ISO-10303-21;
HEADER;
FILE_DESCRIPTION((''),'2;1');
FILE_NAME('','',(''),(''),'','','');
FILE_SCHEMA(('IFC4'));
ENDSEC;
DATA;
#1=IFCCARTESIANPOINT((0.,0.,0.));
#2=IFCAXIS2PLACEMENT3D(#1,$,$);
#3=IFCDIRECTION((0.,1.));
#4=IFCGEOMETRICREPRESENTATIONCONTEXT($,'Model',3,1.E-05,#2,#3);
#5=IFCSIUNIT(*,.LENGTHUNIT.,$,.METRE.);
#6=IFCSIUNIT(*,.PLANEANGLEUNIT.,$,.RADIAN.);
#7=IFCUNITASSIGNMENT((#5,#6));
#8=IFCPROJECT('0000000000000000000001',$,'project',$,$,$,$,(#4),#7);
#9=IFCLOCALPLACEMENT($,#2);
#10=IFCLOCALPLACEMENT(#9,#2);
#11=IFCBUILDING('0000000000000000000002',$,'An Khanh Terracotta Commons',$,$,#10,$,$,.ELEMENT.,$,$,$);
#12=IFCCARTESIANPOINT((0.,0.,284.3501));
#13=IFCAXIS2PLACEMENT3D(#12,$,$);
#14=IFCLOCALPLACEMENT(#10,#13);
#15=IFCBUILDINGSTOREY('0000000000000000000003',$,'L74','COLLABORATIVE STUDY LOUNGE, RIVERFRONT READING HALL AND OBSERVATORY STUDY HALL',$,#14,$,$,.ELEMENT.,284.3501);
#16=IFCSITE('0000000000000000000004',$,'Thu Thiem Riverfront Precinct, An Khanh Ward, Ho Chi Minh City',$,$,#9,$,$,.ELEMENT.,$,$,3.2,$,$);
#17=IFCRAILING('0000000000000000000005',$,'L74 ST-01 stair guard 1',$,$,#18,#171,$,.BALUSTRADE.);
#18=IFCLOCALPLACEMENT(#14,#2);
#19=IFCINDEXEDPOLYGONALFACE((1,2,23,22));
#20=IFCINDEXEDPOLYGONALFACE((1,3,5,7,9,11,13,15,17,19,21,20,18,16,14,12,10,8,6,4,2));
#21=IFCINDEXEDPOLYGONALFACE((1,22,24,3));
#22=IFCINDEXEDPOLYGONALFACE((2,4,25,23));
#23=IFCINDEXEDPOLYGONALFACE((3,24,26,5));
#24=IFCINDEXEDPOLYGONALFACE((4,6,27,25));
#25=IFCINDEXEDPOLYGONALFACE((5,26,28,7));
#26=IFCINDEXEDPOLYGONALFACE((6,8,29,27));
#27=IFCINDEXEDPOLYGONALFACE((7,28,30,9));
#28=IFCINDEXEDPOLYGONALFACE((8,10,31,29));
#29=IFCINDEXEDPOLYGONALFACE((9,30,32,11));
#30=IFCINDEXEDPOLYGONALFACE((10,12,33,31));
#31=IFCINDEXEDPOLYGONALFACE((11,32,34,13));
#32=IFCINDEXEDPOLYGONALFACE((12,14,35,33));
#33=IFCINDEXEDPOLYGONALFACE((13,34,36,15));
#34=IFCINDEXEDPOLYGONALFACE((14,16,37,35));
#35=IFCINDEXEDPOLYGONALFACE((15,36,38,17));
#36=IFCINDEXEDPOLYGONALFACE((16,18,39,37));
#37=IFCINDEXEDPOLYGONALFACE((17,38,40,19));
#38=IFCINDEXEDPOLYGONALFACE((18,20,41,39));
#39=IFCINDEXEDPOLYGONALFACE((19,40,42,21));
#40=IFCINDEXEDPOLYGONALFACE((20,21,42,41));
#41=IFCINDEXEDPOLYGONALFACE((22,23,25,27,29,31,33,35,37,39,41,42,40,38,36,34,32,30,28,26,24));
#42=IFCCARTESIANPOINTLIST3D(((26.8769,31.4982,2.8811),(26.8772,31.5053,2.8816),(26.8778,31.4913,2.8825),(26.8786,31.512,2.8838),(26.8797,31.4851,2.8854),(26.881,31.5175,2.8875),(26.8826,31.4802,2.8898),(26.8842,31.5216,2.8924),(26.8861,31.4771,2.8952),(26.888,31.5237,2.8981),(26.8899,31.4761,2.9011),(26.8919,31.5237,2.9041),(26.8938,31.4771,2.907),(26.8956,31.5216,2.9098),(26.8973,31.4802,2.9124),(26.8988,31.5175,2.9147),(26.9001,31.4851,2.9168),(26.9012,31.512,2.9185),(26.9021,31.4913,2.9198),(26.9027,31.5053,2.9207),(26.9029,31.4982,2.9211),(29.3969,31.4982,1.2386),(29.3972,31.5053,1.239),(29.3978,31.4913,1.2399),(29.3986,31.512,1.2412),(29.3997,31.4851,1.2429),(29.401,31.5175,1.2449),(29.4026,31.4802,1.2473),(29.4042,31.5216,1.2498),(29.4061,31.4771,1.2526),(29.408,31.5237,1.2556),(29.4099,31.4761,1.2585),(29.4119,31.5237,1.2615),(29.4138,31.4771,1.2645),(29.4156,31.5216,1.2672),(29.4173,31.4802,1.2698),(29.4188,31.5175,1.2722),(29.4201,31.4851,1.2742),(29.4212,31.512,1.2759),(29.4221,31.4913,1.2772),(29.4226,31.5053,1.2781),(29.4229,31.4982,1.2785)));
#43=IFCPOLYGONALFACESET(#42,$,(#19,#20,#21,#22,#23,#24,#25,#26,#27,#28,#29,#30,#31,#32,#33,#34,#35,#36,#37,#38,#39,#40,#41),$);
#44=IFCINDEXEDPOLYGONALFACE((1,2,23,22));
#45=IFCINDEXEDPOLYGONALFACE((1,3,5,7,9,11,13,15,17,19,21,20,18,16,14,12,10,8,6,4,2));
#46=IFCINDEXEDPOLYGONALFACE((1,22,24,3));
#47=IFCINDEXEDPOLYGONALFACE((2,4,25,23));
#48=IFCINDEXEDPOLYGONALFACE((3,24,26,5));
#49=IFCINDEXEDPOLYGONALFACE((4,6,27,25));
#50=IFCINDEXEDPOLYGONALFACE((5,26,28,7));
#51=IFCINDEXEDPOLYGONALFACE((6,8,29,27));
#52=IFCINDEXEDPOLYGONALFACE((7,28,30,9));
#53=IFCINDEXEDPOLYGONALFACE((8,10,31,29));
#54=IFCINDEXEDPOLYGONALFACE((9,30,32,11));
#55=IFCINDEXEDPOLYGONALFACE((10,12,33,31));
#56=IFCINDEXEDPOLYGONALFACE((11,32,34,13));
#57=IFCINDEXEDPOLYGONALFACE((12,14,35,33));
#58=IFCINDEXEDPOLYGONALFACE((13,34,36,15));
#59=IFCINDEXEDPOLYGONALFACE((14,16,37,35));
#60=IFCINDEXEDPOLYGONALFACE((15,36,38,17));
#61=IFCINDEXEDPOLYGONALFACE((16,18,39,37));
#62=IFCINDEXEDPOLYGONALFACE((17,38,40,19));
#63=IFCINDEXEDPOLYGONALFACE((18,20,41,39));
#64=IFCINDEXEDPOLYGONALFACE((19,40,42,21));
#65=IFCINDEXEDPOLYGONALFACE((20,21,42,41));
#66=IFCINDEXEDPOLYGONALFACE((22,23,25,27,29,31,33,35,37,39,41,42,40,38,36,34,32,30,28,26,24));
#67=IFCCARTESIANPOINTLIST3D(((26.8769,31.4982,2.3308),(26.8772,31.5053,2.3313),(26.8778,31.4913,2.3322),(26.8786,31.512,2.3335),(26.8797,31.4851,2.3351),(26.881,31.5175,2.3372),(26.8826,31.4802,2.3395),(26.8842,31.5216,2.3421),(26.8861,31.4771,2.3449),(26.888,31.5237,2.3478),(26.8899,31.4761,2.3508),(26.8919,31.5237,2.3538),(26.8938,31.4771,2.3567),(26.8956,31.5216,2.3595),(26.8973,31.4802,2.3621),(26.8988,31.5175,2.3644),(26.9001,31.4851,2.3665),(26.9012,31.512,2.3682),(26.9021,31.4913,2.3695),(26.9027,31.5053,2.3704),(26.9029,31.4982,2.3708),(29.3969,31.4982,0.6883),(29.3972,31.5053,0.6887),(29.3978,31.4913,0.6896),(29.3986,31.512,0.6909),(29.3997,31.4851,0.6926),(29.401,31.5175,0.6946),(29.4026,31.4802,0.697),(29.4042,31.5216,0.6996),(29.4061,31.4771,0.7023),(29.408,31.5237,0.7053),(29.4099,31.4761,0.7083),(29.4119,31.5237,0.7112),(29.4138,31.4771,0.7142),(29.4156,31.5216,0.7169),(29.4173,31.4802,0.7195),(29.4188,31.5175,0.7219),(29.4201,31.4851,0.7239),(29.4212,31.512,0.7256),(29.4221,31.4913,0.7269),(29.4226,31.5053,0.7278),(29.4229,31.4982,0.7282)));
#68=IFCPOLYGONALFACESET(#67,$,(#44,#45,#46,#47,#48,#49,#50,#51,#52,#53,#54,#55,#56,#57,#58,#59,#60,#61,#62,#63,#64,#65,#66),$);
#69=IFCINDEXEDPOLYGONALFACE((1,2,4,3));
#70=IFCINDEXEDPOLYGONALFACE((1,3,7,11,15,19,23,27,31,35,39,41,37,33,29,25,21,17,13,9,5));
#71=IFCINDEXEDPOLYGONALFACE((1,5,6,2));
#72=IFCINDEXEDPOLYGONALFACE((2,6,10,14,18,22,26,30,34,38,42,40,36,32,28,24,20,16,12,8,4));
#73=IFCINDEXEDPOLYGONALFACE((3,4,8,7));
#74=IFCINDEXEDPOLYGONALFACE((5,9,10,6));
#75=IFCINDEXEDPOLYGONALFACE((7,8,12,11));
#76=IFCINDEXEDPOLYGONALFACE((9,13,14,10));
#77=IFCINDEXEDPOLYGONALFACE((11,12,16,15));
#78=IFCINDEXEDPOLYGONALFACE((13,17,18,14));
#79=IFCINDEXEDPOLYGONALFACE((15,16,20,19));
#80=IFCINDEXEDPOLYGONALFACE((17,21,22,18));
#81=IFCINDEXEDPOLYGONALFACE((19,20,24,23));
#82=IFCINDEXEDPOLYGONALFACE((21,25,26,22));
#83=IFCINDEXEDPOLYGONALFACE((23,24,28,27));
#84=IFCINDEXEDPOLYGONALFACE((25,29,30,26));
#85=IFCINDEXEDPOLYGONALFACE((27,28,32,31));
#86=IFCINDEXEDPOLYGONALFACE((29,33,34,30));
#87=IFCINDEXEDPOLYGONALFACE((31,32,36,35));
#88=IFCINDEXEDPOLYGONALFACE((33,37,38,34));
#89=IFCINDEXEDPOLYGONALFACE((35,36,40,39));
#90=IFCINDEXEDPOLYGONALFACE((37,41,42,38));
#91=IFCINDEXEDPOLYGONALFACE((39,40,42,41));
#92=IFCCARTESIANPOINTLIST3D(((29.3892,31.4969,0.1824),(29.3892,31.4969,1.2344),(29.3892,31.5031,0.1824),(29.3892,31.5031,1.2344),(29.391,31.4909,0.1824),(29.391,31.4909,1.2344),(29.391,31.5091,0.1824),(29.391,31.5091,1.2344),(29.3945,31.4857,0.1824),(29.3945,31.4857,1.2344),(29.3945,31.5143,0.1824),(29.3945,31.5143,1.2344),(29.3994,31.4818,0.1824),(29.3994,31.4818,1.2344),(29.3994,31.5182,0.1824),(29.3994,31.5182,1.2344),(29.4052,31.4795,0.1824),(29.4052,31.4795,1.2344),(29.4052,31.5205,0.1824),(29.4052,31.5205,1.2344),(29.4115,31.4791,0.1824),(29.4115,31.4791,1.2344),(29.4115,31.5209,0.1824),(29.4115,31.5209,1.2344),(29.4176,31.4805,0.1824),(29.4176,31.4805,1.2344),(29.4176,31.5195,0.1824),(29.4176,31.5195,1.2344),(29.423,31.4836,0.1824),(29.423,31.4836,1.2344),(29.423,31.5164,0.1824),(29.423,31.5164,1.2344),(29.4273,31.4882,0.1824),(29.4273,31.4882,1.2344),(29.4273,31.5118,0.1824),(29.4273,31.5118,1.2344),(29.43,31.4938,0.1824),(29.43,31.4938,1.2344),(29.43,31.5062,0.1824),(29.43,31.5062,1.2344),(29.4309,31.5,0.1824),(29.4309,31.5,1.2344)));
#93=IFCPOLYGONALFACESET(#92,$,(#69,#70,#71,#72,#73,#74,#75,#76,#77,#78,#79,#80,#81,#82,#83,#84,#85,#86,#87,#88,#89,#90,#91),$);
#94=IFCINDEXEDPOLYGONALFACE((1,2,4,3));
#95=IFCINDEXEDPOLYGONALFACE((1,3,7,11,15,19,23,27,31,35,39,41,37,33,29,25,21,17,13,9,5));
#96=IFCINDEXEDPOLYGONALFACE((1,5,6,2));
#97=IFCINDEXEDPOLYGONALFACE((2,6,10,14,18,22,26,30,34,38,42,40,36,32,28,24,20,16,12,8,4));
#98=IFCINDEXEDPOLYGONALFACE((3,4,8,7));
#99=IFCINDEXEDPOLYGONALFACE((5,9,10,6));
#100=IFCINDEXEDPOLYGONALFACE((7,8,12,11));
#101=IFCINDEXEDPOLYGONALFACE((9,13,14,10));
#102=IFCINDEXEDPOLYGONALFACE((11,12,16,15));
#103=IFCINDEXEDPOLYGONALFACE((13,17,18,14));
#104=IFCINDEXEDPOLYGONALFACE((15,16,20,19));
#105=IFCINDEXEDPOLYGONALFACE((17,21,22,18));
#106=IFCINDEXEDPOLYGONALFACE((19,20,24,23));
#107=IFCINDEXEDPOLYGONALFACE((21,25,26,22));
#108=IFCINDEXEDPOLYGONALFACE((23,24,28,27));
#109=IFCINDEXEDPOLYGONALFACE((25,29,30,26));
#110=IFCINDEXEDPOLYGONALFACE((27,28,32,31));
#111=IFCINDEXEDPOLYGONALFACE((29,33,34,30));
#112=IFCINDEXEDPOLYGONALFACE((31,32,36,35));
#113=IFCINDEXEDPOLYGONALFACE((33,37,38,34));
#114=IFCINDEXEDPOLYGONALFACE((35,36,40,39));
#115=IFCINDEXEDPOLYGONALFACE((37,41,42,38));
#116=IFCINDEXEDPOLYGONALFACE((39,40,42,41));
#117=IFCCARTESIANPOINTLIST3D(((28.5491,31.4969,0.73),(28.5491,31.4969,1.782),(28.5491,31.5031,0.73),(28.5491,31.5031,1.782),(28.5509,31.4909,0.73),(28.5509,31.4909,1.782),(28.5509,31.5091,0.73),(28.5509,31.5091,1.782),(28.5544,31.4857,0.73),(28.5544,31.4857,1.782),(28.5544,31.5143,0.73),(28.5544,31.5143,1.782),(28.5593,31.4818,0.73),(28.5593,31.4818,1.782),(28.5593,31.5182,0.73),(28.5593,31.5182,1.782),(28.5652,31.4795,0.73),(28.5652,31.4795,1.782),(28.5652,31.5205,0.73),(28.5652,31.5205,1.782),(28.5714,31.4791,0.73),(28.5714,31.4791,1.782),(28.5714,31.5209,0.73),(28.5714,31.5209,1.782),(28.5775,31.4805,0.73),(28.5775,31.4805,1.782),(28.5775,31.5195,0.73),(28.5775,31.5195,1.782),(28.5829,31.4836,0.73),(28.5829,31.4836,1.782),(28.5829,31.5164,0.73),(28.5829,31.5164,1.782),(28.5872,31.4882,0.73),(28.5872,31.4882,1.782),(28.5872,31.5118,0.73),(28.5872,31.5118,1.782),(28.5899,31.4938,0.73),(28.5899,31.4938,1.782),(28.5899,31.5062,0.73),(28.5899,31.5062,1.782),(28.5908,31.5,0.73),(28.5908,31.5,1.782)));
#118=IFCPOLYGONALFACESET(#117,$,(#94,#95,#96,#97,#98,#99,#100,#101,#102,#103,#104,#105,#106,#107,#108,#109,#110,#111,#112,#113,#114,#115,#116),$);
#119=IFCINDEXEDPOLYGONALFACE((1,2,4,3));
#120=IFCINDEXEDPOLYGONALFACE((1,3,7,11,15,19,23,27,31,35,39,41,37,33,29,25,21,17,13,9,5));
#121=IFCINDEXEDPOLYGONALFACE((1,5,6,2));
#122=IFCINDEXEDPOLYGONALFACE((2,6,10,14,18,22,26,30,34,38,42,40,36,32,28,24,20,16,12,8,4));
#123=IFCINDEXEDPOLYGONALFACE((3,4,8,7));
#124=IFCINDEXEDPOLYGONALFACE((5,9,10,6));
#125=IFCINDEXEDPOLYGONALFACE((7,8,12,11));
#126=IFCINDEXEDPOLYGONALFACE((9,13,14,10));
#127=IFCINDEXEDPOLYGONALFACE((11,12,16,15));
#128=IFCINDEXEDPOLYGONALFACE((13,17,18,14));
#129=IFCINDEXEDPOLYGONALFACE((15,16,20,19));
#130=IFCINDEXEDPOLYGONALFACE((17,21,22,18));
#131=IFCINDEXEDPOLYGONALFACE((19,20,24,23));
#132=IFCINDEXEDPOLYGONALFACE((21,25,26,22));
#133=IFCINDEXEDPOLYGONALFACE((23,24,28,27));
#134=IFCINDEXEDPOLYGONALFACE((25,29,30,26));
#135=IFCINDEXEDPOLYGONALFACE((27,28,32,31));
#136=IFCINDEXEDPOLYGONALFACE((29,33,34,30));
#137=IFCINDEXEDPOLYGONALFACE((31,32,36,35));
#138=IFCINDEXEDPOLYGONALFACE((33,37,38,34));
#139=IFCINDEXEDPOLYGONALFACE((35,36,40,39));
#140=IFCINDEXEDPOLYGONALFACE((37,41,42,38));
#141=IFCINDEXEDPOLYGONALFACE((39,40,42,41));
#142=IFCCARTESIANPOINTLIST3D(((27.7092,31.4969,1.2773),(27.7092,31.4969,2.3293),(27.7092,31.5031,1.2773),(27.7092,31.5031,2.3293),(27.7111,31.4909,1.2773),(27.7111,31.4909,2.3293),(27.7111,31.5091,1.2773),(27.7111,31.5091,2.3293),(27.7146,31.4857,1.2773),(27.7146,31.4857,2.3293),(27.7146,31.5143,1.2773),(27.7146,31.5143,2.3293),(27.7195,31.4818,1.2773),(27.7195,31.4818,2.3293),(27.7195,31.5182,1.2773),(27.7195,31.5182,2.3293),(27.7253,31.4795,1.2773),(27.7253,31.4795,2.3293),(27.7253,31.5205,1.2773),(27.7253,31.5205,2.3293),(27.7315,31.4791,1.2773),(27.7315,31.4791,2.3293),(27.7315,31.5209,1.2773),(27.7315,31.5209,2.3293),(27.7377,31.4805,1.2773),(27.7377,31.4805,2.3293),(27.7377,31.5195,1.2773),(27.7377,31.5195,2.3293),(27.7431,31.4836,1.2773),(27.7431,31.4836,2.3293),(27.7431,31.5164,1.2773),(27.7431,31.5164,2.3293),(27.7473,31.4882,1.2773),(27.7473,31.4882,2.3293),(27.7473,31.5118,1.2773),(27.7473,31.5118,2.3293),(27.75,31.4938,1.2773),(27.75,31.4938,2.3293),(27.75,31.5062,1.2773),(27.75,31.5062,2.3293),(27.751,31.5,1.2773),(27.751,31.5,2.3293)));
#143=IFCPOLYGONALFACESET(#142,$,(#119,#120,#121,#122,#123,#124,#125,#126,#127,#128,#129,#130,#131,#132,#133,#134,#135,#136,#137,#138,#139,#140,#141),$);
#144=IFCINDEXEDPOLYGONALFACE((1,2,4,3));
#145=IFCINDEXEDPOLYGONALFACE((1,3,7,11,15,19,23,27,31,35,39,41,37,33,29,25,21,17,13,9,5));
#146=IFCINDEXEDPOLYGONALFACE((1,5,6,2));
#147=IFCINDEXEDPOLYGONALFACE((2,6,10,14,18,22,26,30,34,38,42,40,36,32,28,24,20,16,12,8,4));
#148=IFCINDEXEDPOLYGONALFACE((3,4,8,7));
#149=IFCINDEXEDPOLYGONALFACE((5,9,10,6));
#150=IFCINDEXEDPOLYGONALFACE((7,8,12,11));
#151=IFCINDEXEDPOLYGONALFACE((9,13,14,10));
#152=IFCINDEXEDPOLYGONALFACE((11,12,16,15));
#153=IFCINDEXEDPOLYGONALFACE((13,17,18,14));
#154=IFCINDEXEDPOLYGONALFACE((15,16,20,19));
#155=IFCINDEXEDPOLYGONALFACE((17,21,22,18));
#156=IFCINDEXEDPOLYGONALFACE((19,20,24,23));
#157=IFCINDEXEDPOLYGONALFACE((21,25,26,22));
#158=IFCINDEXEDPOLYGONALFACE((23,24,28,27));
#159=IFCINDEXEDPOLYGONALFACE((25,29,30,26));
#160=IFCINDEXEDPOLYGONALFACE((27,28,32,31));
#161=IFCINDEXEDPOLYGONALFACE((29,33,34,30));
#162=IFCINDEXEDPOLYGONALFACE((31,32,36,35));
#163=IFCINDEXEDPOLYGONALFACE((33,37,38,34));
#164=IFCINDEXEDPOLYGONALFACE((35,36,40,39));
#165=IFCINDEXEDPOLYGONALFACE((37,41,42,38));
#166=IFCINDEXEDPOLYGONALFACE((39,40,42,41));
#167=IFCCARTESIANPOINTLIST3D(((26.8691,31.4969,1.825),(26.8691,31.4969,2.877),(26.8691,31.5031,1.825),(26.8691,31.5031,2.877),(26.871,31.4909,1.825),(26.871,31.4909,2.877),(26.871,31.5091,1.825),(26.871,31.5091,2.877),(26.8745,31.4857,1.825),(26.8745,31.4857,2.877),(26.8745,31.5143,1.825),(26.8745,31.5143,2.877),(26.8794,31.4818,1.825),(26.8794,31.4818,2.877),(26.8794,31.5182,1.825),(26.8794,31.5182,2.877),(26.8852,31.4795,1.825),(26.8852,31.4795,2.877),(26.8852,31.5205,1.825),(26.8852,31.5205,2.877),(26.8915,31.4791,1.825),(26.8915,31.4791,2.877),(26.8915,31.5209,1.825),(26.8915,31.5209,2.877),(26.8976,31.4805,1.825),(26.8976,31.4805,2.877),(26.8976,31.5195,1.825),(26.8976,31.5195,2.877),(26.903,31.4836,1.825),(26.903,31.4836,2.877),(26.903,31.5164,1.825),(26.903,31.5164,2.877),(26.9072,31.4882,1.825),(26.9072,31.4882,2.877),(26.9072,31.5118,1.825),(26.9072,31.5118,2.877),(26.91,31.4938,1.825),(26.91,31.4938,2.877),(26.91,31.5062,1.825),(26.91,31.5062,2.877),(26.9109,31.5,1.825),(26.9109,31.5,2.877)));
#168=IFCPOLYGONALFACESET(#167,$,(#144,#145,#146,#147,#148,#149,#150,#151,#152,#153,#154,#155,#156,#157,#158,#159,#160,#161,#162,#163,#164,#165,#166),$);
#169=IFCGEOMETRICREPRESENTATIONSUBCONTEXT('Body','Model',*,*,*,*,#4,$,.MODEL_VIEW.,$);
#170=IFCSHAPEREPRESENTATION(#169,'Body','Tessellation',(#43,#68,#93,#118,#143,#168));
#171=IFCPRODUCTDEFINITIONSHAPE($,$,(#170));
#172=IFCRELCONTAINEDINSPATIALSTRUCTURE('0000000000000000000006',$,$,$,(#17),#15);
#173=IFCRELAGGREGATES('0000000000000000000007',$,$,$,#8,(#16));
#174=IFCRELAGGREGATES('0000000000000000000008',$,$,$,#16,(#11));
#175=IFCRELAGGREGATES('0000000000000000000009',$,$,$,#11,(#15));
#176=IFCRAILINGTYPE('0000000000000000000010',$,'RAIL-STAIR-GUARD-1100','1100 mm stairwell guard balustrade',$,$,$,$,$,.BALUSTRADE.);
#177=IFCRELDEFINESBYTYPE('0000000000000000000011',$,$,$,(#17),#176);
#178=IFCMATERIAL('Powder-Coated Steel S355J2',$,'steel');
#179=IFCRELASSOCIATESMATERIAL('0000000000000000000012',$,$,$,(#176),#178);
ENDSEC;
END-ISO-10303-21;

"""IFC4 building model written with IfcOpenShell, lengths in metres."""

from ifc_helpers import new_model, si_unit, direction, frame, origin, origin_2d, place, context, subcontext, project, spatial, circle, extrude, material, type_object, element, save


model = new_model("IFC4")

# Units and contexts
model_context = context("Model", 3, precision=1e-05, world=origin(), true_north=direction((0.0, 1.0)))
body_context = subcontext(model_context, "Body", "Model", "MODEL_VIEW")
ifc_project = project(units=[si_unit("LENGTHUNIT", "METRE"), si_unit("PLANEANGLEUNIT", "RADIAN")], contexts=[model_context])

# Site, building, storey
site_placement = place(None, origin())
site = spatial("IfcSite", under=ifc_project, at=site_placement, Name="Thu Thiem Riverfront Precinct, An Khanh Ward, Ho Chi Minh City", CompositionType="ELEMENT", RefElevation=3.2)
building_placement = place(site_placement, origin())
building = spatial("IfcBuilding", under=site, at=building_placement, Name="An Khanh Terracotta Commons", CompositionType="ELEMENT")
storey_placement = place(building_placement, frame((0.0, 0.0, 284.3501)))
storey = spatial("IfcBuildingStorey", under=building, at=storey_placement, Name="L74", Description="COLLABORATIVE STUDY LOUNGE, RIVERFRONT READING HALL AND OBSERVATORY STUDY HALL", CompositionType="ELEMENT", Elevation=284.3501)

# Railing
ifc_material_1 = material(Name="Powder-Coated Steel S355J2", Category="steel")
railing_type_1 = type_object("IfcRailingType", Name="RAIL-STAIR-GUARD-1100", Description="1100 mm stairwell guard balustrade", PredefinedType="BALUSTRADE", material=ifc_material_1)
railing_1_placement = place(storey_placement, frame((29.4099, 31.5, 0.1824)))
element("IfcRailing", 1, at=railing_1_placement, inside=storey, type_object=railing_type_1, Name="L74 ST-01 stair guard 1", PredefinedType="BALUSTRADE", context=body_context, shape_type="SweptSolid", body=[
    extrude(circle(Radius=0.0239, at=origin_2d()), frame((0.0, 0.0, 1.0762), z_axis=(-0.837749, 0.0, 0.546055), x_axis=(0.0, -1.0, 0.0)), (0.0, 0.0, 1.0), 3.0081),
    extrude(circle(Radius=0.0239, at=origin_2d()), frame((0.0, 0.0, 0.5259), z_axis=(-0.837749, 0.0, 0.546055), x_axis=(0.0, -1.0, 0.0)), (0.0, 0.0, 1.0), 3.0081),
    extrude(circle(Radius=0.021, at=origin_2d()), origin(), (0.0, 0.0, 1.0), 1.052),
    extrude(circle(Radius=0.021, at=origin_2d()), frame((-0.8401, 0.0, 0.5476)), (0.0, 0.0, 1.0), 1.052),
    extrude(circle(Radius=0.021, at=origin_2d()), frame((-1.6799, 0.0, 1.095)), (0.0, 0.0, 1.0), 1.052),
    extrude(circle(Radius=0.021, at=origin_2d()), frame((-2.52, 0.0, 1.6426)), (0.0, 0.0, 1.0), 1.052),
])

save(model, "model.ifc")
